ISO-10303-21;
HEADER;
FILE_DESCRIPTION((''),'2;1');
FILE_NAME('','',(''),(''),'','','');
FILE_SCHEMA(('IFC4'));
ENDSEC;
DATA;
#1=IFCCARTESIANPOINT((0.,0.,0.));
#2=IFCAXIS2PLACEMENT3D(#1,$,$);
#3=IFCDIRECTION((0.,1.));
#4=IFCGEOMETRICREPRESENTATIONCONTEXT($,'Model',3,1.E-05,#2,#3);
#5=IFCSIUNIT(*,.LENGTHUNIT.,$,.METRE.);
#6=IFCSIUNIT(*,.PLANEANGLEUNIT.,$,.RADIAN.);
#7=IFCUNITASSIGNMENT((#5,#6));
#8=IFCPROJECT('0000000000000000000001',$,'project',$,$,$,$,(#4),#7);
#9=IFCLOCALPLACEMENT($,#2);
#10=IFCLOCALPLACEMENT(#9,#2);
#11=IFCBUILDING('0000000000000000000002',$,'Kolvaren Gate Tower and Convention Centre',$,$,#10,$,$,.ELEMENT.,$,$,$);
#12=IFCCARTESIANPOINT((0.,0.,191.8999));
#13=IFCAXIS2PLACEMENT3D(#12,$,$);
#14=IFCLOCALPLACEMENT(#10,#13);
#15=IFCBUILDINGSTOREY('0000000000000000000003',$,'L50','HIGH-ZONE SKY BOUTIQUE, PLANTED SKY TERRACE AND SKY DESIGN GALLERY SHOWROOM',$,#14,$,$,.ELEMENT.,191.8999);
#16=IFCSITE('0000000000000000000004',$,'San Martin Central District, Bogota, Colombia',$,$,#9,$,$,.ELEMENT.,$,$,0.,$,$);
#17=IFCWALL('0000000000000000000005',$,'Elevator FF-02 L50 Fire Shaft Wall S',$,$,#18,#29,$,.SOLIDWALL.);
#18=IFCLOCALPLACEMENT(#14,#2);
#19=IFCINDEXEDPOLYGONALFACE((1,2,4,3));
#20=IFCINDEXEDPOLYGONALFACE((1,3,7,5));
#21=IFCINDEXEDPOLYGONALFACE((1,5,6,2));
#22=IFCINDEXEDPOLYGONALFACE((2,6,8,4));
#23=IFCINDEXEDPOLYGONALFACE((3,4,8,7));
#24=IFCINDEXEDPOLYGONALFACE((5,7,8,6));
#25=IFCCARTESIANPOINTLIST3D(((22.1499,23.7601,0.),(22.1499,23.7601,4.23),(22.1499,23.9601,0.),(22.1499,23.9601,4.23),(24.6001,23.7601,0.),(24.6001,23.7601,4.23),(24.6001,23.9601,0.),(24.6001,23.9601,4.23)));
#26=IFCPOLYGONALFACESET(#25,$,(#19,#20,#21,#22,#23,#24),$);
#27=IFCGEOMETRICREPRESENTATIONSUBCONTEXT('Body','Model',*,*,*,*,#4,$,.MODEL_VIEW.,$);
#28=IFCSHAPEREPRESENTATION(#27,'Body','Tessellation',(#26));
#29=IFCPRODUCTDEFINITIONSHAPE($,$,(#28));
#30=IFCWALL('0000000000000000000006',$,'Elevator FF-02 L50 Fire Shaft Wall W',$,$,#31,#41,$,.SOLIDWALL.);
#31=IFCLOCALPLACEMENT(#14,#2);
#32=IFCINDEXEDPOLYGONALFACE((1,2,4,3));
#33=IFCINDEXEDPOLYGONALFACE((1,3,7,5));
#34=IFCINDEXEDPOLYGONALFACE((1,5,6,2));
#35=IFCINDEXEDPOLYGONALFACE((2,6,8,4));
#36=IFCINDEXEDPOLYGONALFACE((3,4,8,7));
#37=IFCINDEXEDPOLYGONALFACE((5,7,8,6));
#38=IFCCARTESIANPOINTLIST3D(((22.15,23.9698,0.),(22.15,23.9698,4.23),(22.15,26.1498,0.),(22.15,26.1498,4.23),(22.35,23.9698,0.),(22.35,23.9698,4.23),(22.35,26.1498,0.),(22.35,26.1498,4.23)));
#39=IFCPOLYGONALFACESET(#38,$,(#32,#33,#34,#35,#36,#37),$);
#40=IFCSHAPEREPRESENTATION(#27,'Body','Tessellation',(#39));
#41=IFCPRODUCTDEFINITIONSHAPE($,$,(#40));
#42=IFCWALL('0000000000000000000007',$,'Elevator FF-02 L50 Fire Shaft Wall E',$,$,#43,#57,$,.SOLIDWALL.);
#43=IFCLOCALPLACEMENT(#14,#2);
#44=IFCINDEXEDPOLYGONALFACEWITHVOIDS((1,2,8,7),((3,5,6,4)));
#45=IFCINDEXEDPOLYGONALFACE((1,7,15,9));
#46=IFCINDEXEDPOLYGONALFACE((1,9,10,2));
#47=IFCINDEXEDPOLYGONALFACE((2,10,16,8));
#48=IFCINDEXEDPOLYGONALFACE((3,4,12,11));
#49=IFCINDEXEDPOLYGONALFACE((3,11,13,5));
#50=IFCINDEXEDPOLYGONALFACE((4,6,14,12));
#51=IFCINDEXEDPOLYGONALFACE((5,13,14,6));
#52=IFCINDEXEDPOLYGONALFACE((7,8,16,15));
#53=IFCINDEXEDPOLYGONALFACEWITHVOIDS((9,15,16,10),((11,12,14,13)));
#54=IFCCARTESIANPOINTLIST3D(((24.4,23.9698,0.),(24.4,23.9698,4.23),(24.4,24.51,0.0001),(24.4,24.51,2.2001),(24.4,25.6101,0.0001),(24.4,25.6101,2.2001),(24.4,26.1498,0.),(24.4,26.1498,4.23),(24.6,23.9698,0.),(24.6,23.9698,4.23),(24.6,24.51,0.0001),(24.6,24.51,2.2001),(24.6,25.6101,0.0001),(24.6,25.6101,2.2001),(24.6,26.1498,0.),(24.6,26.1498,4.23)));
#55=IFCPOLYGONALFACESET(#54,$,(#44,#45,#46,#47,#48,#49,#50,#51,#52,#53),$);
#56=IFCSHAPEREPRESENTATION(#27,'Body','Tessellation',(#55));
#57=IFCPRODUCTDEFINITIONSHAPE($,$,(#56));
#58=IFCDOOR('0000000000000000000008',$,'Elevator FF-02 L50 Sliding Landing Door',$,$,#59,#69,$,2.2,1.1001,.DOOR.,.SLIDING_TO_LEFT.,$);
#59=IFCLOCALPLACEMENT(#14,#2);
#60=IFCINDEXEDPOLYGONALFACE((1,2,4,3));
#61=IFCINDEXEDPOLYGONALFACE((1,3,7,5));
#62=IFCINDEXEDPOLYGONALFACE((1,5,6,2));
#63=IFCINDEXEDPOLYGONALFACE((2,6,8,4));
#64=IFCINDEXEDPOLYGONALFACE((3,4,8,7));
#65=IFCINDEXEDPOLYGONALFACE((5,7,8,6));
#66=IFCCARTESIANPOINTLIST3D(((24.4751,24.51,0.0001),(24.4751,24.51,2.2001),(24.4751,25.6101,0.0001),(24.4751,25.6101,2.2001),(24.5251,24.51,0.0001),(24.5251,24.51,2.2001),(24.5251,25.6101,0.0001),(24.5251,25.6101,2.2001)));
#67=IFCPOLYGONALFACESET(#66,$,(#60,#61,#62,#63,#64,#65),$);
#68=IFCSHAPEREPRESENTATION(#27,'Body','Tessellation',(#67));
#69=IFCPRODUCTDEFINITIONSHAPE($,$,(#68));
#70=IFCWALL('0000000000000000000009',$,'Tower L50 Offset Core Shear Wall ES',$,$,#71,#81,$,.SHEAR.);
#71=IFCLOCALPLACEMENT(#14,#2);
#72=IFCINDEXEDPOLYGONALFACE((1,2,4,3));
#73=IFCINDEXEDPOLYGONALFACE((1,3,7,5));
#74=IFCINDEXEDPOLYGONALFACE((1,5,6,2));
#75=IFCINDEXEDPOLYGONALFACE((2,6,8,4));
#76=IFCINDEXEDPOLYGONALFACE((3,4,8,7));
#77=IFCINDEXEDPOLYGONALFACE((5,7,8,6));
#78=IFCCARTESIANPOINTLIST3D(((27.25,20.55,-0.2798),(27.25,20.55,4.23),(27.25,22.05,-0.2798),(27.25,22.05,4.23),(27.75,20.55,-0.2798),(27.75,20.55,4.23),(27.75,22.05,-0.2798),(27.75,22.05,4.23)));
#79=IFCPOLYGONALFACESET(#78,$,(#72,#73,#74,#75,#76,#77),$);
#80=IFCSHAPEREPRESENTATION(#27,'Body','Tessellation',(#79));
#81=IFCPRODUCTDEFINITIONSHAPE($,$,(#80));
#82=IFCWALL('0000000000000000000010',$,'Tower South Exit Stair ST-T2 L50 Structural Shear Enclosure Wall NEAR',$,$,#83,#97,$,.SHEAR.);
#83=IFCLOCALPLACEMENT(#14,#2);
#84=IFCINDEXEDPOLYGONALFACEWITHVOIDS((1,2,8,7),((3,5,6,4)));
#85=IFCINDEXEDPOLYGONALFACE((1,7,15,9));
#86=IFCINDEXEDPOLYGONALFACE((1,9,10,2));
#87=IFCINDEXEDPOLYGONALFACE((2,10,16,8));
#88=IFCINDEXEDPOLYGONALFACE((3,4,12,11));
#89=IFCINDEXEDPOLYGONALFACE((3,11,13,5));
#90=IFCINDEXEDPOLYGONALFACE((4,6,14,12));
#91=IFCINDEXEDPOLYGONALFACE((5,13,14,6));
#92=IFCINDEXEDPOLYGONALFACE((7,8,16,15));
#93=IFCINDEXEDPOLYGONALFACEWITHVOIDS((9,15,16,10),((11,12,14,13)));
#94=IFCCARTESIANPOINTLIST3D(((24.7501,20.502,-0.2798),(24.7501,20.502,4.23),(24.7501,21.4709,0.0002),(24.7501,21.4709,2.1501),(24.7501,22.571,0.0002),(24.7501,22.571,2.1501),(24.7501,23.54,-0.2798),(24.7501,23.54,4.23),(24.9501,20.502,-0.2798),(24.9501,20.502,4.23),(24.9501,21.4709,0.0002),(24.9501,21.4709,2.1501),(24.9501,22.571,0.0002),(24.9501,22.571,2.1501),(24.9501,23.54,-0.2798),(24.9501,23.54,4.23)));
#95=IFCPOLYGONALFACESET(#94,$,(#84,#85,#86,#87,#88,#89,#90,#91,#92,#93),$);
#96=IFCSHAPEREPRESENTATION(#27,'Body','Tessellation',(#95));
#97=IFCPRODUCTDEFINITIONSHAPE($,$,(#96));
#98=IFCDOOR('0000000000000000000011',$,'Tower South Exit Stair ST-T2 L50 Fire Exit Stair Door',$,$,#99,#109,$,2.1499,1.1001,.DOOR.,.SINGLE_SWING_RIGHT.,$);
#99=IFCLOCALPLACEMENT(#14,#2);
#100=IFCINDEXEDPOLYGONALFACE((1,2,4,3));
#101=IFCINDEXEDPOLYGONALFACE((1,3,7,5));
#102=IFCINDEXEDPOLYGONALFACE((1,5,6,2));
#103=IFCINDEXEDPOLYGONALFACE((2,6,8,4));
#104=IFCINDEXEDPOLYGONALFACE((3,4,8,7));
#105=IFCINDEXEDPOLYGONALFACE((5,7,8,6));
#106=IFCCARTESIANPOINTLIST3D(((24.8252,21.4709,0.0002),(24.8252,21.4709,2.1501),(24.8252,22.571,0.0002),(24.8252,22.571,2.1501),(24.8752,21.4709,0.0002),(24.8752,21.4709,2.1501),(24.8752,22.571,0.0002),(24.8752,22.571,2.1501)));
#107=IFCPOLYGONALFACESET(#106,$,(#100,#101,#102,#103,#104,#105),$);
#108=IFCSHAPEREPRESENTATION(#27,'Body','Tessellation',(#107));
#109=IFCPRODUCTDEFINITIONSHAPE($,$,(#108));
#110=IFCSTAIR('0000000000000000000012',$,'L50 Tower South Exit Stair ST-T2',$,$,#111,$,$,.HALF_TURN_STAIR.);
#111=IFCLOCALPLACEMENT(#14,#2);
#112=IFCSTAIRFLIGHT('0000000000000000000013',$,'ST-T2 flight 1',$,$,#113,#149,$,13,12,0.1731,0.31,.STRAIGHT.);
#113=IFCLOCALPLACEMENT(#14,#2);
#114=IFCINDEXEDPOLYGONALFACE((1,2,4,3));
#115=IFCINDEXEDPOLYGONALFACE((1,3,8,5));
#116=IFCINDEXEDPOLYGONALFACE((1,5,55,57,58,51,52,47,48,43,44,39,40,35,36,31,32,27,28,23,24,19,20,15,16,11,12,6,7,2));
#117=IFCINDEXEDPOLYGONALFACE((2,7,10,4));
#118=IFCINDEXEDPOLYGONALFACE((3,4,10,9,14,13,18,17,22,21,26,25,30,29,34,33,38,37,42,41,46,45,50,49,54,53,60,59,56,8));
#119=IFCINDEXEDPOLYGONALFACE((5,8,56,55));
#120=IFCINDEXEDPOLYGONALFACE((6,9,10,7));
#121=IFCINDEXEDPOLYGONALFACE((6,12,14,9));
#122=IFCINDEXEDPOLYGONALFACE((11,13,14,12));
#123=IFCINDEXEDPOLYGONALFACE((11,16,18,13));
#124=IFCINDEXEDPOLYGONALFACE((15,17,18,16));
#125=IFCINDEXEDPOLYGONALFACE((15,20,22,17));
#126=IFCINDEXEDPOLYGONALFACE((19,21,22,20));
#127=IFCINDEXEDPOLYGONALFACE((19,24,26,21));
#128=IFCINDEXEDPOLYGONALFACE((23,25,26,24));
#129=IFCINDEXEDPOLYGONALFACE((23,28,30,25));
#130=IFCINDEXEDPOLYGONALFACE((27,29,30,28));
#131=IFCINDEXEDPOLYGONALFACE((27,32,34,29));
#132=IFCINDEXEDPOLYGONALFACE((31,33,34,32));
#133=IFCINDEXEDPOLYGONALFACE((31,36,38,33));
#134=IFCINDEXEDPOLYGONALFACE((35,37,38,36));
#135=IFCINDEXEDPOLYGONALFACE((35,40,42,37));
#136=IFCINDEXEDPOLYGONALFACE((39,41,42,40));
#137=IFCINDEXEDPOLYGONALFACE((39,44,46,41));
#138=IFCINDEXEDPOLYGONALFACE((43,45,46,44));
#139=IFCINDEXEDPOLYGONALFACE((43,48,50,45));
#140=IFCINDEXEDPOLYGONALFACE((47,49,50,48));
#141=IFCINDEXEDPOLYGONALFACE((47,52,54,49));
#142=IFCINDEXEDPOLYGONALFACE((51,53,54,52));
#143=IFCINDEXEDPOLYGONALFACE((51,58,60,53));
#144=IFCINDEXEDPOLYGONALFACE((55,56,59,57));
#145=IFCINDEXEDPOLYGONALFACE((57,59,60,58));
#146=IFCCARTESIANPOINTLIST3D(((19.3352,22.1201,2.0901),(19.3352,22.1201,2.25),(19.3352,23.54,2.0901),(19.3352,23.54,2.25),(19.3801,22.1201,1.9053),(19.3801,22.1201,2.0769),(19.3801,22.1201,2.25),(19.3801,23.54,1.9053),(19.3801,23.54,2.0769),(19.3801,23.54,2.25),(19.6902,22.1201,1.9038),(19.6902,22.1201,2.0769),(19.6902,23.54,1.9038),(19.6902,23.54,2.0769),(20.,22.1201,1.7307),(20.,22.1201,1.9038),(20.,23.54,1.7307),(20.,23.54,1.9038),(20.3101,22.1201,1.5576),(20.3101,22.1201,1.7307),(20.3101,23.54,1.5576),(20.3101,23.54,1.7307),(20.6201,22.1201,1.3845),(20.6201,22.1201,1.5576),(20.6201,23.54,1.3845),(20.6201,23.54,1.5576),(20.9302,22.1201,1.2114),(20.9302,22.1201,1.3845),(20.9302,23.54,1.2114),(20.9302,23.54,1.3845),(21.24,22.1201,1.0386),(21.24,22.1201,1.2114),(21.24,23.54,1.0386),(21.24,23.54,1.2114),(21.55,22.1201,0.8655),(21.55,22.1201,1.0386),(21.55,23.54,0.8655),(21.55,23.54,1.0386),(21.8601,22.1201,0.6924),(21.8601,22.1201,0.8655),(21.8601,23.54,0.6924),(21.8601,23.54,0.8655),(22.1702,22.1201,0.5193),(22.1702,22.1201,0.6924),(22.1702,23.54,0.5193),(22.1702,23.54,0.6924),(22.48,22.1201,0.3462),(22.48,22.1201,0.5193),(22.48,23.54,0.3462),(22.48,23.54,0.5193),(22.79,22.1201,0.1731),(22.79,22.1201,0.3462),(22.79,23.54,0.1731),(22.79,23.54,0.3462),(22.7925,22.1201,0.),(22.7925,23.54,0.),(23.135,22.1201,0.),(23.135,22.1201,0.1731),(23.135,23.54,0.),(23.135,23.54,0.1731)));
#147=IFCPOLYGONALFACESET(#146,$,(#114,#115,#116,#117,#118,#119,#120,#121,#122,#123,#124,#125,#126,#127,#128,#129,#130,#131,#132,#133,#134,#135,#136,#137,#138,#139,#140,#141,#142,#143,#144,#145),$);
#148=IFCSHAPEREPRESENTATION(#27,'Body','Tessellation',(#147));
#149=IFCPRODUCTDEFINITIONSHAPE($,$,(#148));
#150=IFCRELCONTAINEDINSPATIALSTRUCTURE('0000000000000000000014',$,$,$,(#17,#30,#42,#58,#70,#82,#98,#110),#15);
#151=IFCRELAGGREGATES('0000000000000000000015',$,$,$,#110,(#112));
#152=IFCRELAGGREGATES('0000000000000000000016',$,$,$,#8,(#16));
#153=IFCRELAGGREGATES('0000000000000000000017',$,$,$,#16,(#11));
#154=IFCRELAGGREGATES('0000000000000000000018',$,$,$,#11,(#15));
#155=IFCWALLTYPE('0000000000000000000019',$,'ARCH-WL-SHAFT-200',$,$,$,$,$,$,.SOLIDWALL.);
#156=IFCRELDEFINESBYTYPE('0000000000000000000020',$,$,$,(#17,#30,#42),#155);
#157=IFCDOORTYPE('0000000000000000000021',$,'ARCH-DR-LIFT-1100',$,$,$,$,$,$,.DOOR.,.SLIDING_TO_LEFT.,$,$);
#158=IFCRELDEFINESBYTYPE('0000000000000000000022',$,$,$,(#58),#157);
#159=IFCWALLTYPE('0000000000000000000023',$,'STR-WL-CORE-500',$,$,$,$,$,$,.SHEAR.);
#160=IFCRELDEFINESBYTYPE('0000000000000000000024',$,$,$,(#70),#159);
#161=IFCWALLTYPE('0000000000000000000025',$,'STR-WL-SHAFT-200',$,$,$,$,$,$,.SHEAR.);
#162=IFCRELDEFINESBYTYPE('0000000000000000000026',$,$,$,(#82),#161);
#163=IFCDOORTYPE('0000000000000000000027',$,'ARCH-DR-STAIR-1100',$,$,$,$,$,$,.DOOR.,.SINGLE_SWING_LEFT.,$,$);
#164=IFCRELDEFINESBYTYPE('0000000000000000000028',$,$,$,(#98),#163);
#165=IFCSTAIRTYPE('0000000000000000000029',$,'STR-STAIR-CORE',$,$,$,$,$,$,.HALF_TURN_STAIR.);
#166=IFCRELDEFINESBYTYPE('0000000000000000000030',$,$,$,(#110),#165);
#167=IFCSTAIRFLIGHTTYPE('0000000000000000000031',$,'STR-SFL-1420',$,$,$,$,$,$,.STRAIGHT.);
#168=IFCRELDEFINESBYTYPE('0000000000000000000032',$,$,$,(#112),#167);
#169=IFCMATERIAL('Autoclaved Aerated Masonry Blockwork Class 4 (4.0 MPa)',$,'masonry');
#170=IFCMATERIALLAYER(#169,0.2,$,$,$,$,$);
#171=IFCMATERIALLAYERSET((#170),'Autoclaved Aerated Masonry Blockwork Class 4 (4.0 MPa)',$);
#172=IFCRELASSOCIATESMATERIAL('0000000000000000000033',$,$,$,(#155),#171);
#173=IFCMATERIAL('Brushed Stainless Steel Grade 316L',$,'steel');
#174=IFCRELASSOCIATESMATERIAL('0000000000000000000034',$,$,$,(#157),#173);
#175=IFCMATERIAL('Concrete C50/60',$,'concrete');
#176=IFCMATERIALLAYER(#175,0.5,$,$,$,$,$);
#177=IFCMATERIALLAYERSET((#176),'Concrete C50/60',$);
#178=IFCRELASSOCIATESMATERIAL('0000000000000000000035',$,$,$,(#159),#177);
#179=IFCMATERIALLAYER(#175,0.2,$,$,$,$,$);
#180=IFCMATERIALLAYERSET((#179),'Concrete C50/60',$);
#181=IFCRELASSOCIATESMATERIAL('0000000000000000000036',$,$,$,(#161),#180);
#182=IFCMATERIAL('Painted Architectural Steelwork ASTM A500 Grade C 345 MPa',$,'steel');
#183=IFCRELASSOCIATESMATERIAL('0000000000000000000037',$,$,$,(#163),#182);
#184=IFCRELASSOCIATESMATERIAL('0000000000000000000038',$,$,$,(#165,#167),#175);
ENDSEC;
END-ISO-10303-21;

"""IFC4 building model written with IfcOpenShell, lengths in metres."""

from ifc_helpers import new_model, si_unit, direction, frame, frame_2d, origin, place, context, subcontext, project, spatial, polyline, rectangle, outline, extrude, material, layer, layer_set, type_object, element, fill, aggregate, save


model = new_model("IFC4")

# Units and contexts
model_context = context("Model", 3, precision=1e-05, world=origin(), true_north=direction((0.0, 1.0)))
body_context = subcontext(model_context, "Body", "Model", "MODEL_VIEW")
ifc_project = project(units=[si_unit("LENGTHUNIT", "METRE"), si_unit("PLANEANGLEUNIT", "RADIAN")], contexts=[model_context])

# Site, building, storey
site_placement = place(None, origin())
site = spatial("IfcSite", under=ifc_project, at=site_placement, Name="San Martin Central District, Bogota, Colombia", CompositionType="ELEMENT", RefElevation=0.0)
building_placement = place(site_placement, origin())
building = spatial("IfcBuilding", under=site, at=building_placement, Name="Kolvaren Gate Tower and Convention Centre", CompositionType="ELEMENT")
storey_placement = place(building_placement, frame((0.0, 0.0, 191.8999)))
storey = spatial("IfcBuildingStorey", under=building, at=storey_placement, Name="L50", Description="HIGH-ZONE SKY BOUTIQUE, PLANTED SKY TERRACE AND SKY DESIGN GALLERY SHOWROOM", CompositionType="ELEMENT", Elevation=191.8999)

# Shared definitions
ifc_material_1 = material(Name="Autoclaved Aerated Masonry Blockwork Class 4 (4.0 MPa)", Category="masonry")

# Shared definitions
ifc_material_2 = material(Name="Painted Architectural Steelwork ASTM A500 Grade C 345 MPa", Category="steel")

# Walls
ifc_layer_1 = layer(ifc_material_1, 0.2)
ifc_layer_set_1 = layer_set([ifc_layer_1], Name="Autoclaved Aerated Masonry Blockwork Class 4 (4.0 MPa)")
wall_type_1 = type_object("IfcWallType", Name="ARCH-WL-SHAFT-200", PredefinedType="SOLIDWALL", material=ifc_layer_set_1)
wall_1_placement = place(storey_placement, frame((22.1499, 23.8601, 0.0), z_axis=(0.0, 0.0, 1.0), x_axis=(1.0, 0.0, 0.0)))
element("IfcWall", 1, at=wall_1_placement, inside=storey, type_object=wall_type_1, Name="Elevator FF-02 L50 Fire Shaft Wall S", PredefinedType="SOLIDWALL", context=body_context, shape_type="SweptSolid", body=[
    extrude(rectangle(XDim=2.4502, YDim=0.2, at=frame_2d((1.2251, 0.0))), origin(), (0.0, 0.0, 1.0), 4.23),
])
wall_2_placement = place(storey_placement, frame((22.25, 23.97, 0.0), z_axis=(0.0, 0.0, 1.0), x_axis=(0.0, 1.0, 0.0)))
element("IfcWall", 2, at=wall_2_placement, inside=storey, type_object=wall_type_1, Name="Elevator FF-02 L50 Fire Shaft Wall W", PredefinedType="SOLIDWALL", context=body_context, shape_type="SweptSolid", body=[
    extrude(rectangle(XDim=2.1799, YDim=0.2, at=frame_2d((1.0898, 0.0))), origin(), (0.0, 0.0, 1.0), 4.23),
])

# Wall, opening, door
wall_3_placement = place(storey_placement, frame((24.5, 23.97, 0.0), z_axis=(0.0, 0.0, 1.0), x_axis=(0.0, 1.0, 0.0)))
wall_3 = element("IfcWall", 3, at=wall_3_placement, inside=storey, type_object=wall_type_1, Name="Elevator FF-02 L50 Fire Shaft Wall E", PredefinedType="SOLIDWALL", context=body_context, shape_type="SweptSolid", body=[
    extrude(rectangle(XDim=2.1799, YDim=0.2, at=frame_2d((1.0898, 0.0))), origin(), (0.0, 0.0, 1.0), 4.23),
])
opening_1_placement = place(wall_3_placement, frame((0.54, 0.0, 0.0)))
opening_1 = element("IfcOpeningElement", 4, at=opening_1_placement, cuts=wall_3, PredefinedType="OPENING", context=body_context, shape_type="SweptSolid", body=[
    extrude(rectangle(XDim=1.1001, YDim=2.2, at=frame_2d((0.55, 1.1001))), frame((0.0, 0.1099, 0.0), z_axis=(0.0, -1.0, 0.0), x_axis=(1.0, 0.0, 0.0)), (0.0, 0.0, 1.0), 0.22),
])
ifc_material_3 = material(Name="Brushed Stainless Steel Grade 316L", Category="steel")
door_type_1 = type_object("IfcDoorType", Name="ARCH-DR-LIFT-1100", OperationType="SLIDING_TO_LEFT", PredefinedType="DOOR", material=ifc_material_3)
door_1_placement = place(opening_1_placement, origin())
door_1 = element("IfcDoor", 5, at=door_1_placement, inside=storey, type_object=door_type_1, Name="Elevator FF-02 L50 Sliding Landing Door", OperationType="SLIDING_TO_LEFT", OverallHeight=2.2, OverallWidth=1.1001, PredefinedType="DOOR", context=body_context, shape_type="SweptSolid", body=[
    extrude(rectangle(XDim=1.1001, YDim=2.2, at=frame_2d((0.55, 1.1001))), frame((0.0, 0.0249, 0.0), z_axis=(0.0, -1.0, 0.0), x_axis=(1.0, 0.0, 0.0)), (0.0, 0.0, 1.0), 0.05),
])
fill(opening_1, door_1)

# Wall
ifc_material_4 = material(Name="Concrete C50/60", Category="concrete")
ifc_layer_2 = layer(ifc_material_4, 0.5)
ifc_layer_set_2 = layer_set([ifc_layer_2], Name="Concrete C50/60")
wall_type_2 = type_object("IfcWallType", Name="STR-WL-CORE-500", PredefinedType="SHEAR", material=ifc_layer_set_2)
wall_4_placement = place(storey_placement, frame((27.5, 20.55, -0.2798), z_axis=(0.0, 0.0, 1.0), x_axis=(0.0, 1.0, 0.0)))
element("IfcWall", 6, at=wall_4_placement, inside=storey, type_object=wall_type_2, Name="Tower L50 Offset Core Shear Wall ES", PredefinedType="SHEAR", context=body_context, shape_type="SweptSolid", body=[
    extrude(rectangle(XDim=1.5, YDim=0.5, at=frame_2d((0.75, 0.0))), origin(), (0.0, 0.0, 1.0), 4.5098),
])

# Wall, opening, door
ifc_layer_3 = layer(ifc_material_4, 0.2)
ifc_layer_set_3 = layer_set([ifc_layer_3], Name="Concrete C50/60")
wall_type_3 = type_object("IfcWallType", Name="STR-WL-SHAFT-200", PredefinedType="SHEAR", material=ifc_layer_set_3)
wall_5_placement = place(storey_placement, frame((24.8501, 20.502, -0.2798), z_axis=(0.0, 0.0, 1.0), x_axis=(0.0, 1.0, 0.0)))
wall_5 = element("IfcWall", 7, at=wall_5_placement, inside=storey, type_object=wall_type_3, Name="Tower South Exit Stair ST-T2 L50 Structural Shear Enclosure Wall NEAR", PredefinedType="SHEAR", context=body_context, shape_type="SweptSolid", body=[
    extrude(rectangle(XDim=3.0381, YDim=0.2, at=frame_2d((1.519, 0.0))), origin(), (0.0, 0.0, 1.0), 4.5098),
])
opening_2_placement = place(wall_5_placement, frame((0.969, 0.0, 0.28)))
opening_2 = element("IfcOpeningElement", 8, at=opening_2_placement, cuts=wall_5, PredefinedType="OPENING", context=body_context, shape_type="SweptSolid", body=[
    extrude(rectangle(XDim=1.1001, YDim=2.1499, at=frame_2d((0.55, 1.075))), frame((0.0, 0.1099, 0.0), z_axis=(0.0, -1.0, 0.0), x_axis=(1.0, 0.0, 0.0)), (0.0, 0.0, 1.0), 0.22),
])
door_type_2 = type_object("IfcDoorType", Name="ARCH-DR-STAIR-1100", OperationType="SINGLE_SWING_LEFT", PredefinedType="DOOR", material=ifc_material_2)
door_2_placement = place(opening_2_placement, origin())
door_2 = element("IfcDoor", 9, at=door_2_placement, inside=storey, type_object=door_type_2, Name="Tower South Exit Stair ST-T2 L50 Fire Exit Stair Door", OperationType="SINGLE_SWING_RIGHT", OverallHeight=2.1499, OverallWidth=1.1001, PredefinedType="DOOR", context=body_context, shape_type="SweptSolid", body=[
    extrude(rectangle(XDim=1.1001, YDim=2.1499, at=frame_2d((0.55, 1.075))), frame((0.0, 0.0249, 0.0), z_axis=(0.0, -1.0, 0.0), x_axis=(1.0, 0.0, 0.0)), (0.0, 0.0, 1.0), 0.05),
])
fill(opening_2, door_2)

# Stair, stair flight
stair_type = type_object("IfcStairType", Name="STR-STAIR-CORE", PredefinedType="HALF_TURN_STAIR", material=ifc_material_4)
stair_placement = place(storey_placement, origin())
stair = element("IfcStair", 10, at=stair_placement, inside=storey, type_object=stair_type, Name="L50 Tower South Exit Stair ST-T2", PredefinedType="HALF_TURN_STAIR")
stair_flight_type = type_object("IfcStairFlightType", Name="STR-SFL-1420", PredefinedType="STRAIGHT", material=ifc_material_4)
stair_flight_placement = place(storey_placement, frame((23.1001, 22.8301, 0.0), z_axis=(0.0, 0.0, 1.0), x_axis=(-1.0, 0.0, 0.0)))
stair_flight = element("IfcStairFlight", 11, at=stair_flight_placement, type_object=stair_flight_type, Name="ST-T2 flight 1", NumberOfRisers=13, NumberOfTreads=12, PredefinedType="STRAIGHT", RiserHeight=0.1731, TreadLength=0.31, context=body_context, shape_type="SweptSolid", body=[
    extrude(outline(polyline([(-0.0349, 0.0), (-0.0349, 0.1731), (0.3101, 0.1731), (0.3101, 0.3462), (0.6201, 0.3462), (0.6201, 0.5193), (0.9299, 0.5193), (0.9299, 0.6924), (1.24, 0.6924), (1.24, 0.8655), (1.55, 0.8655), (1.55, 1.0386), (1.8601, 1.0386), (1.8601, 1.2114), (2.1699, 1.2114), (2.1699, 1.3845), (2.48, 1.3845), (2.48, 1.5576), (2.79, 1.5576), (2.79, 1.7307), (3.1001, 1.7307), (3.1001, 1.9038), (3.4099, 1.9038), (3.4099, 2.0769), (3.72, 2.0769), (3.72, 2.25), (3.7649, 2.25), (3.7649, 2.0901), (3.72, 1.9053), (0.3076, 0.0), (-0.0349, 0.0)])), frame((0.0, 0.71, 0.0), z_axis=(0.0, -1.0, 0.0), x_axis=(1.0, 0.0, 0.0)), (0.0, 0.0, 1.0), 1.4199),
])
aggregate(stair, [stair_flight])

save(model, "model.ifc")
